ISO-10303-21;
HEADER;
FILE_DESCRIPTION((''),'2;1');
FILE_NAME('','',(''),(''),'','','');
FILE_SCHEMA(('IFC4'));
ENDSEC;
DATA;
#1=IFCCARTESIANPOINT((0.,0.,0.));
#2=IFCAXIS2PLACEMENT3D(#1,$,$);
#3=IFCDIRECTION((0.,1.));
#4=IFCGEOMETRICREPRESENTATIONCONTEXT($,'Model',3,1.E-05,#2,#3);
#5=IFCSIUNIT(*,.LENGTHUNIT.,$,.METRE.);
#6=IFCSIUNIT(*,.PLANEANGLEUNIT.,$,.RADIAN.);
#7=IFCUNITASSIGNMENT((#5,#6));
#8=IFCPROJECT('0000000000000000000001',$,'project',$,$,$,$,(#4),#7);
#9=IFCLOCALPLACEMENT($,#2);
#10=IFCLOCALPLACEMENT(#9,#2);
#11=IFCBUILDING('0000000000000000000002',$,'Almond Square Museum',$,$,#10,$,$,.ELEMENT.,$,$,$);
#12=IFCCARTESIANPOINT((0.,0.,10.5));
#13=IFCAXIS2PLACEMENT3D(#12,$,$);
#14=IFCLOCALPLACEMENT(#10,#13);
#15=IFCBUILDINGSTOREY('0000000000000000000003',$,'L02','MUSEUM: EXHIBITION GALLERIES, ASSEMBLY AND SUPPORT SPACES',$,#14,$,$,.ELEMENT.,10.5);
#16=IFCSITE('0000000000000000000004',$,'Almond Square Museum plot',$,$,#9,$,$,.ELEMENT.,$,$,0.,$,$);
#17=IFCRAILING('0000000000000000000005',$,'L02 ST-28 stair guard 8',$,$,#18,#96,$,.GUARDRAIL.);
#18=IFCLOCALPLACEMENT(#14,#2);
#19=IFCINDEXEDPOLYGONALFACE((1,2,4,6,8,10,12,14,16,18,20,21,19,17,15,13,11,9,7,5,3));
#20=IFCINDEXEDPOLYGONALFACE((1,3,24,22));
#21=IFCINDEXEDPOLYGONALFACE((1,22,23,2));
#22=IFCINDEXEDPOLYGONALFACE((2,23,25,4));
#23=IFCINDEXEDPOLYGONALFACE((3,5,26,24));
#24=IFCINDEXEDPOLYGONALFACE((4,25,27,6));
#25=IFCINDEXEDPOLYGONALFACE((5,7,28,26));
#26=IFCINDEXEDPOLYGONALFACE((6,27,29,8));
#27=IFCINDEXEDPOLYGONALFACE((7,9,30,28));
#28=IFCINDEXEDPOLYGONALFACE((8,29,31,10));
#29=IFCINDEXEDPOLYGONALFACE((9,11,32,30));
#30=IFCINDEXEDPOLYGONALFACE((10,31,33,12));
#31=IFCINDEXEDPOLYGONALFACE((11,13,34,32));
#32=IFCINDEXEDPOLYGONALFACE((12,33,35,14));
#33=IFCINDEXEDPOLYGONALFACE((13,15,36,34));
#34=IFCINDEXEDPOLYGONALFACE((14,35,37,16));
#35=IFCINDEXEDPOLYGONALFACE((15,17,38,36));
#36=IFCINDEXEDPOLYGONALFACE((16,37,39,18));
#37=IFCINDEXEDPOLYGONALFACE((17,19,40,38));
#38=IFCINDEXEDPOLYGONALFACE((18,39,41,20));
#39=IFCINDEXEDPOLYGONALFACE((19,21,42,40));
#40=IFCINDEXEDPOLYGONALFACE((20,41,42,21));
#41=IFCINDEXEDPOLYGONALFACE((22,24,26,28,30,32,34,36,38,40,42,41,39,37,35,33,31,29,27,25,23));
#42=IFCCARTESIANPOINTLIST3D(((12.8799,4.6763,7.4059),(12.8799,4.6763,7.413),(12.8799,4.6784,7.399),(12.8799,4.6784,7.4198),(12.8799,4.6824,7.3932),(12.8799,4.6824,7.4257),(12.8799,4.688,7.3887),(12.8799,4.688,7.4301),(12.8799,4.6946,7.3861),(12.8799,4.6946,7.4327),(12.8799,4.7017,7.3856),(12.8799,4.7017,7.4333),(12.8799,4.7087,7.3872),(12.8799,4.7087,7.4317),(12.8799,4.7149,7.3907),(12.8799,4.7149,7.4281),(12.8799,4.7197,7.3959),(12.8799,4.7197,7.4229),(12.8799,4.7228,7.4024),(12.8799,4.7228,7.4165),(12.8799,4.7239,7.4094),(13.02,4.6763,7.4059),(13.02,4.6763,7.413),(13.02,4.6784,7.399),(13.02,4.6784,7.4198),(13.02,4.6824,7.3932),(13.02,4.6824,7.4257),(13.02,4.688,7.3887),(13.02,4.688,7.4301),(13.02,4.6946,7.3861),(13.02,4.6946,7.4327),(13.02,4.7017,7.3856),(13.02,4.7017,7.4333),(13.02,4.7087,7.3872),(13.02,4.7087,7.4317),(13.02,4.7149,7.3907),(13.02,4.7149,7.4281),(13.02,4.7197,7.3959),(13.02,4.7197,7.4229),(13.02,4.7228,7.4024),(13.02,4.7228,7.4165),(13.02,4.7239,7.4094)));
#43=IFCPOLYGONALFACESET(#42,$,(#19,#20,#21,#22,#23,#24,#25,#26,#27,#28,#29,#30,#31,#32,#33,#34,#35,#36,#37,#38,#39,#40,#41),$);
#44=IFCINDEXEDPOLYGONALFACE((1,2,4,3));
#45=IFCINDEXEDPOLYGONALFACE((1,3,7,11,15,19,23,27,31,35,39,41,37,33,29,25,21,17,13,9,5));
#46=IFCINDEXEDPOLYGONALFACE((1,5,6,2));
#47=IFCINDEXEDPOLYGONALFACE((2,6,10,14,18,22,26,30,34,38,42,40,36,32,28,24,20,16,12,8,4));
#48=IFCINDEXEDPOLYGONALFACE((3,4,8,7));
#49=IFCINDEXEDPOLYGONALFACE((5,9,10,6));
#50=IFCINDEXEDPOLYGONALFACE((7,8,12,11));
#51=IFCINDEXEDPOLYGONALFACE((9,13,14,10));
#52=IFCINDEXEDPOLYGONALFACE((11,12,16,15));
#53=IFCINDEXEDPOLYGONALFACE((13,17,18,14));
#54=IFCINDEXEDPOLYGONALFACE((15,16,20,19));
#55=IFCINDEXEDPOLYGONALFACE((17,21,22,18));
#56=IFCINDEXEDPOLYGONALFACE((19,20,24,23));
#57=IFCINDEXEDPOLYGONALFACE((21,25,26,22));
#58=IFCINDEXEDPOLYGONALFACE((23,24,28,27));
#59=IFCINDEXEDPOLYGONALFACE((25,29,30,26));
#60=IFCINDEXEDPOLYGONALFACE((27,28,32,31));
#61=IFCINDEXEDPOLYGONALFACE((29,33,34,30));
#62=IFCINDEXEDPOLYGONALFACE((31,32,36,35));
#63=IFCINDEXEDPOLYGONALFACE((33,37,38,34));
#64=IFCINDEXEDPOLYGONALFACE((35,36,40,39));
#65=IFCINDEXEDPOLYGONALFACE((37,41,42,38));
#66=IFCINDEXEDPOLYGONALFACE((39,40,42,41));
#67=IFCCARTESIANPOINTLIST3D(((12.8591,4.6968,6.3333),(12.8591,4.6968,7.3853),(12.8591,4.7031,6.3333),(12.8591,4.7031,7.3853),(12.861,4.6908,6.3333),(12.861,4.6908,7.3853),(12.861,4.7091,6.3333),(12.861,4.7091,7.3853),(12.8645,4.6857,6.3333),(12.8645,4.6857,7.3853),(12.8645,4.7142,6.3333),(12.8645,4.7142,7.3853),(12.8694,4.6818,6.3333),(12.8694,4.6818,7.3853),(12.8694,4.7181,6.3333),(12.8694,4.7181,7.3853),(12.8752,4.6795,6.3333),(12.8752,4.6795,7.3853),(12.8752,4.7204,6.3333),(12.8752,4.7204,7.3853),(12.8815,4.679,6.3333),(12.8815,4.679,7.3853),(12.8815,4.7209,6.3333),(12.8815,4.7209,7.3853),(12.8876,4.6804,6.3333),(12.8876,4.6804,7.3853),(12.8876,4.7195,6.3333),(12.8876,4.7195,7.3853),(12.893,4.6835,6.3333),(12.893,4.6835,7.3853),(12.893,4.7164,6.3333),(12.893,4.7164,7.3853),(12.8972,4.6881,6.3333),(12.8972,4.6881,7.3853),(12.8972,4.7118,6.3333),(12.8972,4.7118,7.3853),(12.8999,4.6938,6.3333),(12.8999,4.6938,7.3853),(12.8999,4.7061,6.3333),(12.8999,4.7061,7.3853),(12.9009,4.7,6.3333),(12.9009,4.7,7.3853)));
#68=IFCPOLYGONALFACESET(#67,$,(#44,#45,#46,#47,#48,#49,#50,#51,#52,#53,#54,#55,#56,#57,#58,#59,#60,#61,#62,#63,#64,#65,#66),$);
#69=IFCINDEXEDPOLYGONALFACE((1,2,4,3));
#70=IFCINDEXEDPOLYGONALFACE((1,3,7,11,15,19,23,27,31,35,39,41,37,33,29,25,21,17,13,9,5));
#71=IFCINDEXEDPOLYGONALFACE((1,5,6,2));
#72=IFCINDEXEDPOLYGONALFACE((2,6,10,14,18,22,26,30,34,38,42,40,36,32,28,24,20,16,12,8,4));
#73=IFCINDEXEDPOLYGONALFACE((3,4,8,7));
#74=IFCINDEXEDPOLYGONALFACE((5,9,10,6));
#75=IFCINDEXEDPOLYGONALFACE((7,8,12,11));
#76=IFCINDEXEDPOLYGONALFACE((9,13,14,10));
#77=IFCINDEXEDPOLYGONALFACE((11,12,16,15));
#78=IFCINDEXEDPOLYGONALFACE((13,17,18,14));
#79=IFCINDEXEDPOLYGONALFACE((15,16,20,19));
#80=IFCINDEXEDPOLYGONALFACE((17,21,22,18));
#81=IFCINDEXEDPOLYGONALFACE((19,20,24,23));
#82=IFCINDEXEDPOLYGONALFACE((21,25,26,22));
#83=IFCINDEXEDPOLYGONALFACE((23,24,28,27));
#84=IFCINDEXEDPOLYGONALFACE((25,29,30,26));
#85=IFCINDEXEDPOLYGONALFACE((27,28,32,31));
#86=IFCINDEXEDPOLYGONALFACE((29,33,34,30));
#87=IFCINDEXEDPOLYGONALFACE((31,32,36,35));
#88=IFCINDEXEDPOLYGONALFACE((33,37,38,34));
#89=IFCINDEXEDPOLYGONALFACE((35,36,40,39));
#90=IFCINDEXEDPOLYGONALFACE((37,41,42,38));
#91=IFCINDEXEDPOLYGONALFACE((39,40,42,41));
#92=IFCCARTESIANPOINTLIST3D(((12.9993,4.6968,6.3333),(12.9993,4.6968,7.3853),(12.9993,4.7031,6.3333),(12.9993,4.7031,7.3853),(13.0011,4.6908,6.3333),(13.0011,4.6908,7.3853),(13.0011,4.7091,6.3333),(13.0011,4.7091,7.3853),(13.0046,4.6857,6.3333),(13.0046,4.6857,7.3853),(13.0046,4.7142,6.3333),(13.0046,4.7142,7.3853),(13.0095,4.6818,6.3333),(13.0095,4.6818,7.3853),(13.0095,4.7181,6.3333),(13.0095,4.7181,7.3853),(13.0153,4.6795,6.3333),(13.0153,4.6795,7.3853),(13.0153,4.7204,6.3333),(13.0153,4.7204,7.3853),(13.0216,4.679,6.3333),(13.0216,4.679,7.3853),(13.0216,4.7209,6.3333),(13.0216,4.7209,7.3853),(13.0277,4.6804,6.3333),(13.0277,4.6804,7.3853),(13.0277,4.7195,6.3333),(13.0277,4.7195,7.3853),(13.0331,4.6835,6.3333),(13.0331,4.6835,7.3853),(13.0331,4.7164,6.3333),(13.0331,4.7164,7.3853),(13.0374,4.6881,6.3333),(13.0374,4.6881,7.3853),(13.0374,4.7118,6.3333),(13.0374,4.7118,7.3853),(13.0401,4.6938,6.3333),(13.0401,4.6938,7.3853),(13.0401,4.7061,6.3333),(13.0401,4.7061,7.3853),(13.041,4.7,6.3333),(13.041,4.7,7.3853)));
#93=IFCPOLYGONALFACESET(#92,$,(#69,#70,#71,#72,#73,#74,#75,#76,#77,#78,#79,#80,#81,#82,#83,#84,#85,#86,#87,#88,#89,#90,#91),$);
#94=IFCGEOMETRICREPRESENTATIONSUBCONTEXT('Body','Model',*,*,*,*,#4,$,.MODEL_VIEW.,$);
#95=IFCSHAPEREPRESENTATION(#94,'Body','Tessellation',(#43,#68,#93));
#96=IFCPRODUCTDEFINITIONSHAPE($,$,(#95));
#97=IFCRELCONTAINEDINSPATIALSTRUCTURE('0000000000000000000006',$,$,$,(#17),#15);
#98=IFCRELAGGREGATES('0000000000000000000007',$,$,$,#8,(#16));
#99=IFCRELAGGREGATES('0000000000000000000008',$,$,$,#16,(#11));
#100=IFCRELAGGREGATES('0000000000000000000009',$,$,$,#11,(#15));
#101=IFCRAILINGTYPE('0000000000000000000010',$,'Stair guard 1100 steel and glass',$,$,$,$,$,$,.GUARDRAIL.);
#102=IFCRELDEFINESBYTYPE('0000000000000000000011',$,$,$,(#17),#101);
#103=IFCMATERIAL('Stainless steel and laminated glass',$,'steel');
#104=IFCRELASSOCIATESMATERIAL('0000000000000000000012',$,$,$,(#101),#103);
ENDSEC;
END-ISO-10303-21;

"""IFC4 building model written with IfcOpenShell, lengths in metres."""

from ifc_helpers import new_model, si_unit, direction, frame, origin, origin_2d, place, context, subcontext, project, spatial, circle, extrude, material, type_object, element, save


model = new_model("IFC4")

# Units and contexts
model_context = context("Model", 3, precision=1e-05, world=origin(), true_north=direction((0.0, 1.0)))
body_context = subcontext(model_context, "Body", "Model", "MODEL_VIEW")
ifc_project = project(units=[si_unit("LENGTHUNIT", "METRE"), si_unit("PLANEANGLEUNIT", "RADIAN")], contexts=[model_context])

# Site, building, storey
site_placement = place(None, origin())
site = spatial("IfcSite", under=ifc_project, at=site_placement, Name="Almond Square Museum plot", CompositionType="ELEMENT", RefElevation=0.0)
building_placement = place(site_placement, origin())
building = spatial("IfcBuilding", under=site, at=building_placement, Name="Almond Square Museum", CompositionType="ELEMENT")
storey_placement = place(building_placement, frame((0.0, 0.0, 10.5)))
storey = spatial("IfcBuildingStorey", under=building, at=storey_placement, Name="L02", Description="MUSEUM: EXHIBITION GALLERIES, ASSEMBLY AND SUPPORT SPACES", CompositionType="ELEMENT", Elevation=10.5)

# Railing
ifc_material_1 = material(Name="Stainless steel and laminated glass", Category="steel")
railing_type_1 = type_object("IfcRailingType", Name="Stair guard 1100 steel and glass", PredefinedType="GUARDRAIL", material=ifc_material_1)
railing_1_placement = place(storey_placement, frame((12.8799, 4.7, 6.3333)))
element("IfcRailing", 1, at=railing_1_placement, inside=storey, type_object=railing_type_1, Name="L02 ST-28 stair guard 8", PredefinedType="GUARDRAIL", context=body_context, shape_type="SweptSolid", body=[
    extrude(circle(Radius=0.0239, at=origin_2d()), frame((0.0, 0.0, 1.0762), z_axis=(1.0, 0.0, 0.0), x_axis=(0.0, 1.0, 0.0)), (0.0, 0.0, 1.0), 0.1401),
    extrude(circle(Radius=0.021, at=origin_2d()), origin(), (0.0, 0.0, 1.0), 1.052),
    extrude(circle(Radius=0.021, at=origin_2d()), frame((0.1401, 0.0, 0.0)), (0.0, 0.0, 1.0), 1.052),
])

save(model, "model.ifc")
